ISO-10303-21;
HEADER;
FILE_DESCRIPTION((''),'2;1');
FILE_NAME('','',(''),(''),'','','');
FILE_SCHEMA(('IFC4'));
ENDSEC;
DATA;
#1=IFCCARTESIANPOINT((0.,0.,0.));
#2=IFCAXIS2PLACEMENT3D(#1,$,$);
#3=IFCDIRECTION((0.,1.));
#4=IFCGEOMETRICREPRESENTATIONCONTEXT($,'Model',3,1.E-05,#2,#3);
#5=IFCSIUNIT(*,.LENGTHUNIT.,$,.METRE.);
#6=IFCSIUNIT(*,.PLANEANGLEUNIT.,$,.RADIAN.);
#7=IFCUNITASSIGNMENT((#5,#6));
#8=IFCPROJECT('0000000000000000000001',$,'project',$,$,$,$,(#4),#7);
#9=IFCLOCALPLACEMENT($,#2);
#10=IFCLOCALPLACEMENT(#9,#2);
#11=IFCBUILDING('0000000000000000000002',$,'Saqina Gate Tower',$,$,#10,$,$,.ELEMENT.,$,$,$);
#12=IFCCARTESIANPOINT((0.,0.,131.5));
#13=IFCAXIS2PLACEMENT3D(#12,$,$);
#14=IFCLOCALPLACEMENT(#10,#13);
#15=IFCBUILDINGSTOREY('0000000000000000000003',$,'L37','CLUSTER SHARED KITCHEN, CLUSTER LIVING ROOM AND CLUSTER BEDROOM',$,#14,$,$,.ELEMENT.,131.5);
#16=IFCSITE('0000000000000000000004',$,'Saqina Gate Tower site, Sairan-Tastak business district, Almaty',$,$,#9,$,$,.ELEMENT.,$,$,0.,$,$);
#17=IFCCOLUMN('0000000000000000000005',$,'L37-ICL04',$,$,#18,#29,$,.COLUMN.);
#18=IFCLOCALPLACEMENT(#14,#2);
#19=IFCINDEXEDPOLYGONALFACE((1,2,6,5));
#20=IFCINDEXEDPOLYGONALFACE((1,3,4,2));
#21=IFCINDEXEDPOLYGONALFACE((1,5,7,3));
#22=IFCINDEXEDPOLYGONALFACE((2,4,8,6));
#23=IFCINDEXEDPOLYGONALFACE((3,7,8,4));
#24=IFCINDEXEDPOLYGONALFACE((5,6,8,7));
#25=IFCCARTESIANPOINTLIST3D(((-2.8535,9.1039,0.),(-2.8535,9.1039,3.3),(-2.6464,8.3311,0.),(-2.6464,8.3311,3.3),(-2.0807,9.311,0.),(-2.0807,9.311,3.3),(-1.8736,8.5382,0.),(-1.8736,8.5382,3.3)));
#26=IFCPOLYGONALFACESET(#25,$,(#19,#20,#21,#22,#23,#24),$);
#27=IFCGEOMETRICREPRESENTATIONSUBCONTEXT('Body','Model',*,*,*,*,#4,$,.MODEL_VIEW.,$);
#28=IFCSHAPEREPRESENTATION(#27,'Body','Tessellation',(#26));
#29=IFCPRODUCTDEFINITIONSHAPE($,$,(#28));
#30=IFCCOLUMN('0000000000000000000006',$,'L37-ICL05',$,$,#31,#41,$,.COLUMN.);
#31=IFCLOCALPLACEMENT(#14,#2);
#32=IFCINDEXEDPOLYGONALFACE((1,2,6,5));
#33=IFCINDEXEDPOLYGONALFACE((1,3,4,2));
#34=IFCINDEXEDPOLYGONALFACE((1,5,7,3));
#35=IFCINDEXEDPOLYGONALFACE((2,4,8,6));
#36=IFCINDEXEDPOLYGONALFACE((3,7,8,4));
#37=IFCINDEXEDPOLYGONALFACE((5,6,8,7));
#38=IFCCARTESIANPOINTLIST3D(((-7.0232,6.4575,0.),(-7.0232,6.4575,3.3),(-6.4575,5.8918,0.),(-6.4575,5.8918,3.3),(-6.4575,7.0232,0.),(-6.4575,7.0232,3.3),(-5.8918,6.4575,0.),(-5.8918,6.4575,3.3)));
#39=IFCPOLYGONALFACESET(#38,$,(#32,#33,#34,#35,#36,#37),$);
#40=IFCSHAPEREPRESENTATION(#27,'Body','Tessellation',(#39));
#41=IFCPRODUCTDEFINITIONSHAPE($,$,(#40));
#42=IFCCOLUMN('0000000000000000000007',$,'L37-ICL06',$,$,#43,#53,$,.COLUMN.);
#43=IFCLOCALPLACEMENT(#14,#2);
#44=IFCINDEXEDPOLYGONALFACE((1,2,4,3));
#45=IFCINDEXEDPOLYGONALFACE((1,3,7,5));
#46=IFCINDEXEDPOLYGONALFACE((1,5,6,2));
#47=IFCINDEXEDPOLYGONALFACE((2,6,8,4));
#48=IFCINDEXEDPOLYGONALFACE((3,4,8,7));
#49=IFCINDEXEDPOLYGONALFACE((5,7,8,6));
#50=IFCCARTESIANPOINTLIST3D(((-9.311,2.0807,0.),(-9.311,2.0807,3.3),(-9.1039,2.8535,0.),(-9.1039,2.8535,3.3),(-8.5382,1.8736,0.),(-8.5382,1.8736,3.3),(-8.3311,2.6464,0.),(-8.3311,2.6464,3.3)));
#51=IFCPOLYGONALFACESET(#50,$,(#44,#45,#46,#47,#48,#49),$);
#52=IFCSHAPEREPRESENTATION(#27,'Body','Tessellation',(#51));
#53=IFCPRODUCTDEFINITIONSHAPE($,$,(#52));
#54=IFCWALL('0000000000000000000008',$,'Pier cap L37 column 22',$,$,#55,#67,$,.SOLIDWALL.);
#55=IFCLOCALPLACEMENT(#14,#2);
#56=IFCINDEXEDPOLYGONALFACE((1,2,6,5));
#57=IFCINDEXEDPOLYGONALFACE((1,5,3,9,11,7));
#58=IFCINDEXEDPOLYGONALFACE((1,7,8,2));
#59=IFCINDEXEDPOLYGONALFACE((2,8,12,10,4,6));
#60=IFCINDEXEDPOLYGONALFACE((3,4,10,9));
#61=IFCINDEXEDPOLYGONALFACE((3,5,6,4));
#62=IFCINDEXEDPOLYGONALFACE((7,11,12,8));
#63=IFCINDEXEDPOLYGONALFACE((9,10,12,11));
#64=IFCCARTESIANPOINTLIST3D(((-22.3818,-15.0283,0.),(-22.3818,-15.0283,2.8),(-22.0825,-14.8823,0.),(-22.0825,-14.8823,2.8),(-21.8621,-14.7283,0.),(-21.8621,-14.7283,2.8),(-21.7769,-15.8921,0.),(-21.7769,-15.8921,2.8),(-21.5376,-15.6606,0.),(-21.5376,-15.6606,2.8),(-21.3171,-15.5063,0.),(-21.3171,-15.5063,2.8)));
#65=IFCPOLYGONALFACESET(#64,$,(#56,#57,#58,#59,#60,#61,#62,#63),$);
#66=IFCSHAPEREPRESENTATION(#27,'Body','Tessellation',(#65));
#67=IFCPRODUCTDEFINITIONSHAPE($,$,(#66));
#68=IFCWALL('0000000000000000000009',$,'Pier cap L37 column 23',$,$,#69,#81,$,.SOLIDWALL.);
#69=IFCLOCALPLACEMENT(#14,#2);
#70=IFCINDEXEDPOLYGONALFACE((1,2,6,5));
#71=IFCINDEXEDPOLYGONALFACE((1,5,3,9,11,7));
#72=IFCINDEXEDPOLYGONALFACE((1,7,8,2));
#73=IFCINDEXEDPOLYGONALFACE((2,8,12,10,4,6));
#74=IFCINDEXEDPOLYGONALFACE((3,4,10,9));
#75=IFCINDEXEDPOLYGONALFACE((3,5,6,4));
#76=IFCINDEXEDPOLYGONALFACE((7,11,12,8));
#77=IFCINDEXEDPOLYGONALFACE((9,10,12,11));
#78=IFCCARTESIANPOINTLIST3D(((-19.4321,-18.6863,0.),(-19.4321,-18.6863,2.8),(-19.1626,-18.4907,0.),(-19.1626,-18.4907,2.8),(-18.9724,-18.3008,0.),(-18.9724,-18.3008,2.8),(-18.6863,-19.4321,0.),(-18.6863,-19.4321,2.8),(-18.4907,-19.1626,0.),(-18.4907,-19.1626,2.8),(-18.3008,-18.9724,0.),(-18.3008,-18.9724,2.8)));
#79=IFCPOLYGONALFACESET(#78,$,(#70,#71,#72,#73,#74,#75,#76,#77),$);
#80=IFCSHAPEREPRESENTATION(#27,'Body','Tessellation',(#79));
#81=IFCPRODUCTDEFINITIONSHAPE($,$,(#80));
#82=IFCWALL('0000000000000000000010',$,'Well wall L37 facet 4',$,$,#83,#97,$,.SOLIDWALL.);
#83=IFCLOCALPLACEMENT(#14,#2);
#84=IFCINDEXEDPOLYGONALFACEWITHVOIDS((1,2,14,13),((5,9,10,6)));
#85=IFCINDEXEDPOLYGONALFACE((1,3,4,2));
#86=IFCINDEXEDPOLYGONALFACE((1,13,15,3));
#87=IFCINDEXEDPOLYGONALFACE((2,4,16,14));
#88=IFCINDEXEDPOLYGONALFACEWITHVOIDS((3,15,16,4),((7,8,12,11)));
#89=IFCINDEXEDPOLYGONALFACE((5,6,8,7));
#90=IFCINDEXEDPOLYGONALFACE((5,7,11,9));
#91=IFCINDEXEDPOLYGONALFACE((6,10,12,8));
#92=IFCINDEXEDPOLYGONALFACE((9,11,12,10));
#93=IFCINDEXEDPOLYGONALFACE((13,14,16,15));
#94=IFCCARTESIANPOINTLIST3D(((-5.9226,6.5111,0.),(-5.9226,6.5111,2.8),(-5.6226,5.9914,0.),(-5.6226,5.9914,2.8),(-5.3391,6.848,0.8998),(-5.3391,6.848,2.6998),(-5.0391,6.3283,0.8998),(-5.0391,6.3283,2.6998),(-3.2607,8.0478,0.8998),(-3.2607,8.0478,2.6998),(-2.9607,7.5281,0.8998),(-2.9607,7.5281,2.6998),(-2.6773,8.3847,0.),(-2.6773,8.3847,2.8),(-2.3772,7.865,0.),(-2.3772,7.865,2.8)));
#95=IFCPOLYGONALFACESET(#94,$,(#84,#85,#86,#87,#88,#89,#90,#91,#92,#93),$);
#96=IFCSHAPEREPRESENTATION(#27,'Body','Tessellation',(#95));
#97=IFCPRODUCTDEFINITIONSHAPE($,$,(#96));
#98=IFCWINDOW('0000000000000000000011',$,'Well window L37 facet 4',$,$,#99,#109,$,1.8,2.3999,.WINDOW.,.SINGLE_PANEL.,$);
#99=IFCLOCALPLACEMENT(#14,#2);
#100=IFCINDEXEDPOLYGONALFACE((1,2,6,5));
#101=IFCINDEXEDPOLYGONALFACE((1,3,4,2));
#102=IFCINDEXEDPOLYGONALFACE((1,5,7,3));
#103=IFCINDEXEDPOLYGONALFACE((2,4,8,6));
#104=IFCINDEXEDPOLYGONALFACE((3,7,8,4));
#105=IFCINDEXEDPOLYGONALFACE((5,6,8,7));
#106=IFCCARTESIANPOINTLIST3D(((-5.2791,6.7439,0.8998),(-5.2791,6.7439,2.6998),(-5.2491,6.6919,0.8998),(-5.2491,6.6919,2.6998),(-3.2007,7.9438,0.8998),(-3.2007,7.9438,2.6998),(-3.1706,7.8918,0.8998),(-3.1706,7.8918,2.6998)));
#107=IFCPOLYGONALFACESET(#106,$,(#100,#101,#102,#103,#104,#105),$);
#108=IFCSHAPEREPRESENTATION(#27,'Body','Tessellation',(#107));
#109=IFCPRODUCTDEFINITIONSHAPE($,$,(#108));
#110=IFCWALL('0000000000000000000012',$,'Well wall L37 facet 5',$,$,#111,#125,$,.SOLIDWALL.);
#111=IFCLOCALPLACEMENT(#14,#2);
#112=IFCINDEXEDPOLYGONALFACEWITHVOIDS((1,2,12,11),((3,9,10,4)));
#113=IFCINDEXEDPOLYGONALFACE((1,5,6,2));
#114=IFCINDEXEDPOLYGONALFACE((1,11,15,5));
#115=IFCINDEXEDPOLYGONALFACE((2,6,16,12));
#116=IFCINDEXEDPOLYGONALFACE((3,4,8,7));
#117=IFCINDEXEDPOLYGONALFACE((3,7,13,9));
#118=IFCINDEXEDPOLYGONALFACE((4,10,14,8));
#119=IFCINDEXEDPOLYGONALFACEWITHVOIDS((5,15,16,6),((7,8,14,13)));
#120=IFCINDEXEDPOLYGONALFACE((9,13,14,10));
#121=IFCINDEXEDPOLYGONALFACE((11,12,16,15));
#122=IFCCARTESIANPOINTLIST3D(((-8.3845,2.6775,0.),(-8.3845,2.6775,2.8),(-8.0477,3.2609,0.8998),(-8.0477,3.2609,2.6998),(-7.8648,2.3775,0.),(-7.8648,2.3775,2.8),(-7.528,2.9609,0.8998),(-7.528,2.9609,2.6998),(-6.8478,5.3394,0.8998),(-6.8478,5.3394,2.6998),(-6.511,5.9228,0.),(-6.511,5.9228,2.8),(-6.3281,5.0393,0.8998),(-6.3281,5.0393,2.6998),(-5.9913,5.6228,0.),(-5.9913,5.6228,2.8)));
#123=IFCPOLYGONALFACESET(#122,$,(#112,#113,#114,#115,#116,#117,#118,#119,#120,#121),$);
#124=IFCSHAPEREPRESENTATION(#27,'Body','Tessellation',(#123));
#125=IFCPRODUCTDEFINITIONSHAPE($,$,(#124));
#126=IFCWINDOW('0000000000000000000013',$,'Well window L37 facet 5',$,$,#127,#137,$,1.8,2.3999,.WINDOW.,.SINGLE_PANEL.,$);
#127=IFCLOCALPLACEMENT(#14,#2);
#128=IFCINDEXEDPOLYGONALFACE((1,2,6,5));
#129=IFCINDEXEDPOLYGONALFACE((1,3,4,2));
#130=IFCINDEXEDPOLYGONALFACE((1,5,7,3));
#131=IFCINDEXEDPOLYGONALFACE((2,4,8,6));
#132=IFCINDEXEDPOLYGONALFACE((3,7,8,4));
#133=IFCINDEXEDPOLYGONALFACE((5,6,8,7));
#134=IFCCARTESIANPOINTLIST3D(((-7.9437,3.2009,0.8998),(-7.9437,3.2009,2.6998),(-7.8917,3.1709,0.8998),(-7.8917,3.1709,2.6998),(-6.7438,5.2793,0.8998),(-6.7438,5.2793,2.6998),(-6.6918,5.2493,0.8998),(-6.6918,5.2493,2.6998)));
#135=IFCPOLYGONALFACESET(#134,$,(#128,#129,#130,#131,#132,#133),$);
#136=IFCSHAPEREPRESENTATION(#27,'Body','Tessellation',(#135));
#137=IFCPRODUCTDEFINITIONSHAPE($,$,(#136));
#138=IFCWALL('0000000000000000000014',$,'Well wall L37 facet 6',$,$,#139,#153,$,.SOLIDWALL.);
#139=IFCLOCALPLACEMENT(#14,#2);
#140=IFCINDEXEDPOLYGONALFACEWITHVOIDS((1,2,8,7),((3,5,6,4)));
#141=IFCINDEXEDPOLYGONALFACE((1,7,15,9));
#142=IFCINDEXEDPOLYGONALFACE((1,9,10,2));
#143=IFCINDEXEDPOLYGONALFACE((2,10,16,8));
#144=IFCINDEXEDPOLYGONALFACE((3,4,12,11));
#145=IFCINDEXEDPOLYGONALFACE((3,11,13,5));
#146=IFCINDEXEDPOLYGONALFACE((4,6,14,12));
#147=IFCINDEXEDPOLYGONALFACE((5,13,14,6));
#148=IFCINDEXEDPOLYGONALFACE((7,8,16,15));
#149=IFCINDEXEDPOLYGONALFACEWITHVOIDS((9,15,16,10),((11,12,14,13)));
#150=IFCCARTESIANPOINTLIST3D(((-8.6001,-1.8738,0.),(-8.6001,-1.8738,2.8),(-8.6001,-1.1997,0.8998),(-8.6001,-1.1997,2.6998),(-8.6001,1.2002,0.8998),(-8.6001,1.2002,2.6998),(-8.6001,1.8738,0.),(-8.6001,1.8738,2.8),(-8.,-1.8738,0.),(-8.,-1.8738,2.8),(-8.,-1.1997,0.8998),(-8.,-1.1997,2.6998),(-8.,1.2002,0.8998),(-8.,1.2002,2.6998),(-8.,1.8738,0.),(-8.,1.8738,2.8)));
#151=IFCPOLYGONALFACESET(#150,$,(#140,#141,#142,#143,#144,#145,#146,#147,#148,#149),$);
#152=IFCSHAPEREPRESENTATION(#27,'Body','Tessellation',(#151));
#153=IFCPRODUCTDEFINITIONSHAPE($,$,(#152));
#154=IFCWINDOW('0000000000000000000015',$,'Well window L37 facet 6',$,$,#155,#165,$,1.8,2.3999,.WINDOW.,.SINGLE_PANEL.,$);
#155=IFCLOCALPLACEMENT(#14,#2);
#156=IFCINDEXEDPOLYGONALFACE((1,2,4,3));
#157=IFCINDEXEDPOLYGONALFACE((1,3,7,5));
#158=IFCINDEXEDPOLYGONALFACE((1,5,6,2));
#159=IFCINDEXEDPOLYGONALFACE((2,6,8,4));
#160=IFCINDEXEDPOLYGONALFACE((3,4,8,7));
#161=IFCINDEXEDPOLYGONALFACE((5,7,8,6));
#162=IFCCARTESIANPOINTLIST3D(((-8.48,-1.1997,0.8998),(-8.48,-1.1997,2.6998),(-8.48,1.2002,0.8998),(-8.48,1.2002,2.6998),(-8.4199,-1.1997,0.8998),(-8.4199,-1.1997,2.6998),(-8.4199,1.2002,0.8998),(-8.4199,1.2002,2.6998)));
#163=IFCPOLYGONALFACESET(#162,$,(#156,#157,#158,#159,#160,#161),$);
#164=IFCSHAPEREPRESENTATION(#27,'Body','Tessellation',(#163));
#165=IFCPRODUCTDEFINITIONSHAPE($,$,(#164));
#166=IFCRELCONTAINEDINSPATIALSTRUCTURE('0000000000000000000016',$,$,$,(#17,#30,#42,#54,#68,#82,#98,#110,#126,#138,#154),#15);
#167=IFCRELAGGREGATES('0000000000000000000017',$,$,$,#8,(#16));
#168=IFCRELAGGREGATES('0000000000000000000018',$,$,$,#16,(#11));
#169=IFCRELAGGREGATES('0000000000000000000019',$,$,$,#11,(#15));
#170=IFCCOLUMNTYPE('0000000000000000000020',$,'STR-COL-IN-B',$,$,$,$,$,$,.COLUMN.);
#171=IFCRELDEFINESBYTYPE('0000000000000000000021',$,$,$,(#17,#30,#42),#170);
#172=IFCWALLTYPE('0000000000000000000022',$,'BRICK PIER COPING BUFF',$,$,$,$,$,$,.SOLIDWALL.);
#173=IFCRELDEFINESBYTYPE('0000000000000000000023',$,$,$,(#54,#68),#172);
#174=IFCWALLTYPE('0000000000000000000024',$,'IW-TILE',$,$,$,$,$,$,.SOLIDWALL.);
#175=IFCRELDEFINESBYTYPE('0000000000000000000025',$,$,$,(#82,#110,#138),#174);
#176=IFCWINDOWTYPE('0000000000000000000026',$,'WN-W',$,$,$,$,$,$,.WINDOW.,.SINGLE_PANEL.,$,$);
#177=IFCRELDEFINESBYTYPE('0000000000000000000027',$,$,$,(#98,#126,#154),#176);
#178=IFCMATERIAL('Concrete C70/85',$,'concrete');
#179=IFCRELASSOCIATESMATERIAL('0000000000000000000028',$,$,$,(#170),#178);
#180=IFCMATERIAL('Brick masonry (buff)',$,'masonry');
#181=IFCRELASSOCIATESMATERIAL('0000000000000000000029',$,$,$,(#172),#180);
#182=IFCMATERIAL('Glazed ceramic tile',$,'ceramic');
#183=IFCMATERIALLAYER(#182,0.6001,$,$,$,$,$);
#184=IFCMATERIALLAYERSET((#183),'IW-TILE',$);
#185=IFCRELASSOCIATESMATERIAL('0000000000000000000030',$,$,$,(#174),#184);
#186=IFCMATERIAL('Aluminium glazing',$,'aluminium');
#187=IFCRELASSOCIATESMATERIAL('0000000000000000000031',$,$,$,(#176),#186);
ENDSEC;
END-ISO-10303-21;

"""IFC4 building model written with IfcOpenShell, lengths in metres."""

from ifc_helpers import new_model, si_unit, direction, frame, frame_2d, origin, origin_2d, place, context, subcontext, project, spatial, polyline, rectangle, outline, extrude, material, layer, layer_set, material_profile, profile_set, type_object, element, fill, save


model = new_model("IFC4")

# Units and contexts
model_context = context("Model", 3, precision=1e-05, world=origin(), true_north=direction((0.0, 1.0)))
body_context = subcontext(model_context, "Body", "Model", "MODEL_VIEW")
ifc_project = project(units=[si_unit("LENGTHUNIT", "METRE"), si_unit("PLANEANGLEUNIT", "RADIAN")], contexts=[model_context])

# Site, building, storey
site_placement = place(None, origin())
site = spatial("IfcSite", under=ifc_project, at=site_placement, Name="Saqina Gate Tower site, Sairan-Tastak business district, Almaty", CompositionType="ELEMENT", RefElevation=0.0)
building_placement = place(site_placement, origin())
building = spatial("IfcBuilding", under=site, at=building_placement, Name="Saqina Gate Tower", CompositionType="ELEMENT")
storey_placement = place(building_placement, frame((0.0, 0.0, 131.5)))
storey = spatial("IfcBuildingStorey", under=building, at=storey_placement, Name="L37", Description="CLUSTER SHARED KITCHEN, CLUSTER LIVING ROOM AND CLUSTER BEDROOM", CompositionType="ELEMENT", Elevation=131.5)

# Columns
ifc_material_1 = material(Name="Concrete C70/85", Category="concrete")
ifc_material_profile = material_profile(ifc_material_1, rectangle(XDim=0.8, YDim=0.8, at=origin_2d()), Name="RC 800x800")
ifc_profile_set = profile_set([ifc_material_profile], Name="Concrete C70/85")
column_type = type_object("IfcColumnType", Name="STR-COL-IN-B", PredefinedType="COLUMN", material=ifc_profile_set)
for number, where, z_axis, x_axis, name in (
    (1, (-2.3635, 8.821, 0.0), (0.0, 0.0, 1.0), (-0.258819, 0.965926, 0.0), "L37-ICL04"),
    (2, (-6.4575, 6.4575, 0.0), (0.0, 0.0, 1.0), (-0.707107, 0.707107, 0.0), "L37-ICL05"),
    (3, (-8.821, 2.3635, 0.0), (0.0, 0.0, 1.0), (-0.965926, 0.258819, 0.0), "L37-ICL06"),
):
    element("IfcColumn", number, at=place(storey_placement, frame(where, z_axis=z_axis, x_axis=x_axis)), inside=storey, type_object=column_type, Name=name, PredefinedType="COLUMN", context=body_context, shape_type="SweptSolid", body=[
        extrude(rectangle(XDim=0.8, YDim=0.8, at=origin_2d()), origin(), (0.0, 0.0, 1.0), 3.3),
    ])

# Walls
ifc_material_2 = material(Name="Brick masonry (buff)", Category="masonry")
wall_type_1 = type_object("IfcWallType", Name="BRICK PIER COPING BUFF", PredefinedType="SOLIDWALL", material=ifc_material_2)
wall_1_placement = place(storey_placement, origin())
element("IfcWall", 4, at=wall_1_placement, inside=storey, type_object=wall_type_1, Name="Pier cap L37 column 22", PredefinedType="SOLIDWALL", context=body_context, shape_type="SweptSolid", body=[
    extrude(outline(polyline([(-21.7769, -15.8921), (-21.3171, -15.5063), (-21.5376, -15.6606), (-22.0825, -14.8823), (-21.8621, -14.7283), (-22.3818, -15.0283), (-21.7769, -15.8921)])), origin(), (0.0, 0.0, 1.0), 2.8),
])
wall_2_placement = place(storey_placement, origin())
element("IfcWall", 5, at=wall_2_placement, inside=storey, type_object=wall_type_1, Name="Pier cap L37 column 23", PredefinedType="SOLIDWALL", context=body_context, shape_type="SweptSolid", body=[
    extrude(outline(polyline([(-19.4321, -18.6863), (-18.6863, -19.4321), (-18.3008, -18.9724), (-18.4907, -19.1626), (-19.1626, -18.4907), (-18.9724, -18.3008), (-19.4321, -18.6863)])), origin(), (0.0, 0.0, 1.0), 2.8),
])

# Walls, openings, windows
ifc_material_3 = material(Name="Glazed ceramic tile", Category="ceramic")
ifc_layer_1 = layer(ifc_material_3, 0.6001)
ifc_layer_set_1 = layer_set([ifc_layer_1], Name="IW-TILE")
wall_type_2 = type_object("IfcWallType", Name="IW-TILE", PredefinedType="SOLIDWALL", material=ifc_layer_set_1)
wall_3_placement = place(storey_placement, frame((-2.5273, 8.1248, 0.0), z_axis=(0.0, 0.0, 1.0), x_axis=(-0.866046, -0.499965, 0.0)))
wall_3 = element("IfcWall", 6, at=wall_3_placement, inside=storey, type_object=wall_type_2, Name="Well wall L37 facet 4", PredefinedType="SOLIDWALL", context=body_context, shape_type="SweptSolid", body=[
    extrude(rectangle(XDim=3.7473, YDim=0.6001, at=frame_2d((1.8735, 0.0))), origin(), (0.0, 0.0, 1.0), 2.8),
])
opening_1_placement = place(wall_3_placement, frame((0.6736, 0.0, 0.8999)))
opening_1 = element("IfcOpeningElement", 7, at=opening_1_placement, cuts=wall_3, PredefinedType="OPENING", context=body_context, shape_type="SweptSolid", body=[
    extrude(rectangle(XDim=2.3999, YDim=1.8, at=frame_2d((1.2, 0.8999))), frame((0.0, 0.312, 0.0), z_axis=(0.0, -1.0, 0.0), x_axis=(1.0, 0.0, 0.0)), (0.0, 0.0, 1.0), 0.624),
])
ifc_material_4 = material(Name="Aluminium glazing", Category="aluminium")
window_type = type_object("IfcWindowType", Name="WN-W", PartitioningType="SINGLE_PANEL", PredefinedType="WINDOW", material=ifc_material_4)
window_1_placement = place(opening_1_placement, origin())
window_1 = element("IfcWindow", 8, at=window_1_placement, inside=storey, type_object=window_type, Name="Well window L37 facet 4", OverallHeight=1.8, OverallWidth=2.3999, PartitioningType="SINGLE_PANEL", PredefinedType="WINDOW", context=body_context, shape_type="SweptSolid", body=[
    extrude(rectangle(XDim=2.3999, YDim=1.8, at=frame_2d((1.2, 0.8999))), frame((0.0, -0.1199, 0.0), z_axis=(0.0, -1.0, 0.0), x_axis=(1.0, 0.0, 0.0)), (0.0, 0.0, 1.0), 0.0601),
])
fill(opening_1, window_1)
wall_4_placement = place(storey_placement, frame((-6.2512, 5.7727, 0.0), z_axis=(0.0, 0.0, 1.0), x_axis=(-0.499965, -0.866046, 0.0)))
wall_4 = element("IfcWall", 9, at=wall_4_placement, inside=storey, type_object=wall_type_2, Name="Well wall L37 facet 5", PredefinedType="SOLIDWALL", context=body_context, shape_type="SweptSolid", body=[
    extrude(rectangle(XDim=3.7473, YDim=0.6001, at=frame_2d((1.8735, 0.0))), origin(), (0.0, 0.0, 1.0), 2.8),
])
opening_2_placement = place(wall_4_placement, frame((0.6736, 0.0, 0.8999)))
opening_2 = element("IfcOpeningElement", 10, at=opening_2_placement, cuts=wall_4, PredefinedType="OPENING", context=body_context, shape_type="SweptSolid", body=[
    extrude(rectangle(XDim=2.3999, YDim=1.8, at=frame_2d((1.2, 0.8999))), frame((0.0, 0.312, 0.0), z_axis=(0.0, -1.0, 0.0), x_axis=(1.0, 0.0, 0.0)), (0.0, 0.0, 1.0), 0.624),
])
window_2_placement = place(opening_2_placement, origin())
window_2 = element("IfcWindow", 11, at=window_2_placement, inside=storey, type_object=window_type, Name="Well window L37 facet 5", OverallHeight=1.8, OverallWidth=2.3999, PartitioningType="SINGLE_PANEL", PredefinedType="WINDOW", context=body_context, shape_type="SweptSolid", body=[
    extrude(rectangle(XDim=2.3999, YDim=1.8, at=frame_2d((1.2, 0.8999))), frame((0.0, -0.1199, 0.0), z_axis=(0.0, -1.0, 0.0), x_axis=(1.0, 0.0, 0.0)), (0.0, 0.0, 1.0), 0.0601),
])
fill(opening_2, window_2)
wall_5_placement = place(storey_placement, frame((-8.3, 1.8738, 0.0), z_axis=(0.0, 0.0, 1.0), x_axis=(0.0, -1.0, 0.0)))
wall_5 = element("IfcWall", 12, at=wall_5_placement, inside=storey, type_object=wall_type_2, Name="Well wall L37 facet 6", PredefinedType="SOLIDWALL", context=body_context, shape_type="SweptSolid", body=[
    extrude(rectangle(XDim=3.7476, YDim=0.6001, at=frame_2d((1.8738, 0.0))), origin(), (0.0, 0.0, 1.0), 2.8),
])
opening_3_placement = place(wall_5_placement, frame((0.6736, 0.0, 0.8999)))
opening_3 = element("IfcOpeningElement", 13, at=opening_3_placement, cuts=wall_5, PredefinedType="OPENING", context=body_context, shape_type="SweptSolid", body=[
    extrude(rectangle(XDim=2.3999, YDim=1.8, at=frame_2d((1.2, 0.8999))), frame((0.0, 0.312, 0.0), z_axis=(0.0, -1.0, 0.0), x_axis=(1.0, 0.0, 0.0)), (0.0, 0.0, 1.0), 0.624),
])
window_3_placement = place(opening_3_placement, origin())
window_3 = element("IfcWindow", 14, at=window_3_placement, inside=storey, type_object=window_type, Name="Well window L37 facet 6", OverallHeight=1.8, OverallWidth=2.3999, PartitioningType="SINGLE_PANEL", PredefinedType="WINDOW", context=body_context, shape_type="SweptSolid", body=[
    extrude(rectangle(XDim=2.3999, YDim=1.8, at=frame_2d((1.2, 0.8999))), frame((0.0, -0.1199, 0.0), z_axis=(0.0, -1.0, 0.0), x_axis=(1.0, 0.0, 0.0)), (0.0, 0.0, 1.0), 0.0601),
])
fill(opening_3, window_3)

save(model, "model.ifc")
